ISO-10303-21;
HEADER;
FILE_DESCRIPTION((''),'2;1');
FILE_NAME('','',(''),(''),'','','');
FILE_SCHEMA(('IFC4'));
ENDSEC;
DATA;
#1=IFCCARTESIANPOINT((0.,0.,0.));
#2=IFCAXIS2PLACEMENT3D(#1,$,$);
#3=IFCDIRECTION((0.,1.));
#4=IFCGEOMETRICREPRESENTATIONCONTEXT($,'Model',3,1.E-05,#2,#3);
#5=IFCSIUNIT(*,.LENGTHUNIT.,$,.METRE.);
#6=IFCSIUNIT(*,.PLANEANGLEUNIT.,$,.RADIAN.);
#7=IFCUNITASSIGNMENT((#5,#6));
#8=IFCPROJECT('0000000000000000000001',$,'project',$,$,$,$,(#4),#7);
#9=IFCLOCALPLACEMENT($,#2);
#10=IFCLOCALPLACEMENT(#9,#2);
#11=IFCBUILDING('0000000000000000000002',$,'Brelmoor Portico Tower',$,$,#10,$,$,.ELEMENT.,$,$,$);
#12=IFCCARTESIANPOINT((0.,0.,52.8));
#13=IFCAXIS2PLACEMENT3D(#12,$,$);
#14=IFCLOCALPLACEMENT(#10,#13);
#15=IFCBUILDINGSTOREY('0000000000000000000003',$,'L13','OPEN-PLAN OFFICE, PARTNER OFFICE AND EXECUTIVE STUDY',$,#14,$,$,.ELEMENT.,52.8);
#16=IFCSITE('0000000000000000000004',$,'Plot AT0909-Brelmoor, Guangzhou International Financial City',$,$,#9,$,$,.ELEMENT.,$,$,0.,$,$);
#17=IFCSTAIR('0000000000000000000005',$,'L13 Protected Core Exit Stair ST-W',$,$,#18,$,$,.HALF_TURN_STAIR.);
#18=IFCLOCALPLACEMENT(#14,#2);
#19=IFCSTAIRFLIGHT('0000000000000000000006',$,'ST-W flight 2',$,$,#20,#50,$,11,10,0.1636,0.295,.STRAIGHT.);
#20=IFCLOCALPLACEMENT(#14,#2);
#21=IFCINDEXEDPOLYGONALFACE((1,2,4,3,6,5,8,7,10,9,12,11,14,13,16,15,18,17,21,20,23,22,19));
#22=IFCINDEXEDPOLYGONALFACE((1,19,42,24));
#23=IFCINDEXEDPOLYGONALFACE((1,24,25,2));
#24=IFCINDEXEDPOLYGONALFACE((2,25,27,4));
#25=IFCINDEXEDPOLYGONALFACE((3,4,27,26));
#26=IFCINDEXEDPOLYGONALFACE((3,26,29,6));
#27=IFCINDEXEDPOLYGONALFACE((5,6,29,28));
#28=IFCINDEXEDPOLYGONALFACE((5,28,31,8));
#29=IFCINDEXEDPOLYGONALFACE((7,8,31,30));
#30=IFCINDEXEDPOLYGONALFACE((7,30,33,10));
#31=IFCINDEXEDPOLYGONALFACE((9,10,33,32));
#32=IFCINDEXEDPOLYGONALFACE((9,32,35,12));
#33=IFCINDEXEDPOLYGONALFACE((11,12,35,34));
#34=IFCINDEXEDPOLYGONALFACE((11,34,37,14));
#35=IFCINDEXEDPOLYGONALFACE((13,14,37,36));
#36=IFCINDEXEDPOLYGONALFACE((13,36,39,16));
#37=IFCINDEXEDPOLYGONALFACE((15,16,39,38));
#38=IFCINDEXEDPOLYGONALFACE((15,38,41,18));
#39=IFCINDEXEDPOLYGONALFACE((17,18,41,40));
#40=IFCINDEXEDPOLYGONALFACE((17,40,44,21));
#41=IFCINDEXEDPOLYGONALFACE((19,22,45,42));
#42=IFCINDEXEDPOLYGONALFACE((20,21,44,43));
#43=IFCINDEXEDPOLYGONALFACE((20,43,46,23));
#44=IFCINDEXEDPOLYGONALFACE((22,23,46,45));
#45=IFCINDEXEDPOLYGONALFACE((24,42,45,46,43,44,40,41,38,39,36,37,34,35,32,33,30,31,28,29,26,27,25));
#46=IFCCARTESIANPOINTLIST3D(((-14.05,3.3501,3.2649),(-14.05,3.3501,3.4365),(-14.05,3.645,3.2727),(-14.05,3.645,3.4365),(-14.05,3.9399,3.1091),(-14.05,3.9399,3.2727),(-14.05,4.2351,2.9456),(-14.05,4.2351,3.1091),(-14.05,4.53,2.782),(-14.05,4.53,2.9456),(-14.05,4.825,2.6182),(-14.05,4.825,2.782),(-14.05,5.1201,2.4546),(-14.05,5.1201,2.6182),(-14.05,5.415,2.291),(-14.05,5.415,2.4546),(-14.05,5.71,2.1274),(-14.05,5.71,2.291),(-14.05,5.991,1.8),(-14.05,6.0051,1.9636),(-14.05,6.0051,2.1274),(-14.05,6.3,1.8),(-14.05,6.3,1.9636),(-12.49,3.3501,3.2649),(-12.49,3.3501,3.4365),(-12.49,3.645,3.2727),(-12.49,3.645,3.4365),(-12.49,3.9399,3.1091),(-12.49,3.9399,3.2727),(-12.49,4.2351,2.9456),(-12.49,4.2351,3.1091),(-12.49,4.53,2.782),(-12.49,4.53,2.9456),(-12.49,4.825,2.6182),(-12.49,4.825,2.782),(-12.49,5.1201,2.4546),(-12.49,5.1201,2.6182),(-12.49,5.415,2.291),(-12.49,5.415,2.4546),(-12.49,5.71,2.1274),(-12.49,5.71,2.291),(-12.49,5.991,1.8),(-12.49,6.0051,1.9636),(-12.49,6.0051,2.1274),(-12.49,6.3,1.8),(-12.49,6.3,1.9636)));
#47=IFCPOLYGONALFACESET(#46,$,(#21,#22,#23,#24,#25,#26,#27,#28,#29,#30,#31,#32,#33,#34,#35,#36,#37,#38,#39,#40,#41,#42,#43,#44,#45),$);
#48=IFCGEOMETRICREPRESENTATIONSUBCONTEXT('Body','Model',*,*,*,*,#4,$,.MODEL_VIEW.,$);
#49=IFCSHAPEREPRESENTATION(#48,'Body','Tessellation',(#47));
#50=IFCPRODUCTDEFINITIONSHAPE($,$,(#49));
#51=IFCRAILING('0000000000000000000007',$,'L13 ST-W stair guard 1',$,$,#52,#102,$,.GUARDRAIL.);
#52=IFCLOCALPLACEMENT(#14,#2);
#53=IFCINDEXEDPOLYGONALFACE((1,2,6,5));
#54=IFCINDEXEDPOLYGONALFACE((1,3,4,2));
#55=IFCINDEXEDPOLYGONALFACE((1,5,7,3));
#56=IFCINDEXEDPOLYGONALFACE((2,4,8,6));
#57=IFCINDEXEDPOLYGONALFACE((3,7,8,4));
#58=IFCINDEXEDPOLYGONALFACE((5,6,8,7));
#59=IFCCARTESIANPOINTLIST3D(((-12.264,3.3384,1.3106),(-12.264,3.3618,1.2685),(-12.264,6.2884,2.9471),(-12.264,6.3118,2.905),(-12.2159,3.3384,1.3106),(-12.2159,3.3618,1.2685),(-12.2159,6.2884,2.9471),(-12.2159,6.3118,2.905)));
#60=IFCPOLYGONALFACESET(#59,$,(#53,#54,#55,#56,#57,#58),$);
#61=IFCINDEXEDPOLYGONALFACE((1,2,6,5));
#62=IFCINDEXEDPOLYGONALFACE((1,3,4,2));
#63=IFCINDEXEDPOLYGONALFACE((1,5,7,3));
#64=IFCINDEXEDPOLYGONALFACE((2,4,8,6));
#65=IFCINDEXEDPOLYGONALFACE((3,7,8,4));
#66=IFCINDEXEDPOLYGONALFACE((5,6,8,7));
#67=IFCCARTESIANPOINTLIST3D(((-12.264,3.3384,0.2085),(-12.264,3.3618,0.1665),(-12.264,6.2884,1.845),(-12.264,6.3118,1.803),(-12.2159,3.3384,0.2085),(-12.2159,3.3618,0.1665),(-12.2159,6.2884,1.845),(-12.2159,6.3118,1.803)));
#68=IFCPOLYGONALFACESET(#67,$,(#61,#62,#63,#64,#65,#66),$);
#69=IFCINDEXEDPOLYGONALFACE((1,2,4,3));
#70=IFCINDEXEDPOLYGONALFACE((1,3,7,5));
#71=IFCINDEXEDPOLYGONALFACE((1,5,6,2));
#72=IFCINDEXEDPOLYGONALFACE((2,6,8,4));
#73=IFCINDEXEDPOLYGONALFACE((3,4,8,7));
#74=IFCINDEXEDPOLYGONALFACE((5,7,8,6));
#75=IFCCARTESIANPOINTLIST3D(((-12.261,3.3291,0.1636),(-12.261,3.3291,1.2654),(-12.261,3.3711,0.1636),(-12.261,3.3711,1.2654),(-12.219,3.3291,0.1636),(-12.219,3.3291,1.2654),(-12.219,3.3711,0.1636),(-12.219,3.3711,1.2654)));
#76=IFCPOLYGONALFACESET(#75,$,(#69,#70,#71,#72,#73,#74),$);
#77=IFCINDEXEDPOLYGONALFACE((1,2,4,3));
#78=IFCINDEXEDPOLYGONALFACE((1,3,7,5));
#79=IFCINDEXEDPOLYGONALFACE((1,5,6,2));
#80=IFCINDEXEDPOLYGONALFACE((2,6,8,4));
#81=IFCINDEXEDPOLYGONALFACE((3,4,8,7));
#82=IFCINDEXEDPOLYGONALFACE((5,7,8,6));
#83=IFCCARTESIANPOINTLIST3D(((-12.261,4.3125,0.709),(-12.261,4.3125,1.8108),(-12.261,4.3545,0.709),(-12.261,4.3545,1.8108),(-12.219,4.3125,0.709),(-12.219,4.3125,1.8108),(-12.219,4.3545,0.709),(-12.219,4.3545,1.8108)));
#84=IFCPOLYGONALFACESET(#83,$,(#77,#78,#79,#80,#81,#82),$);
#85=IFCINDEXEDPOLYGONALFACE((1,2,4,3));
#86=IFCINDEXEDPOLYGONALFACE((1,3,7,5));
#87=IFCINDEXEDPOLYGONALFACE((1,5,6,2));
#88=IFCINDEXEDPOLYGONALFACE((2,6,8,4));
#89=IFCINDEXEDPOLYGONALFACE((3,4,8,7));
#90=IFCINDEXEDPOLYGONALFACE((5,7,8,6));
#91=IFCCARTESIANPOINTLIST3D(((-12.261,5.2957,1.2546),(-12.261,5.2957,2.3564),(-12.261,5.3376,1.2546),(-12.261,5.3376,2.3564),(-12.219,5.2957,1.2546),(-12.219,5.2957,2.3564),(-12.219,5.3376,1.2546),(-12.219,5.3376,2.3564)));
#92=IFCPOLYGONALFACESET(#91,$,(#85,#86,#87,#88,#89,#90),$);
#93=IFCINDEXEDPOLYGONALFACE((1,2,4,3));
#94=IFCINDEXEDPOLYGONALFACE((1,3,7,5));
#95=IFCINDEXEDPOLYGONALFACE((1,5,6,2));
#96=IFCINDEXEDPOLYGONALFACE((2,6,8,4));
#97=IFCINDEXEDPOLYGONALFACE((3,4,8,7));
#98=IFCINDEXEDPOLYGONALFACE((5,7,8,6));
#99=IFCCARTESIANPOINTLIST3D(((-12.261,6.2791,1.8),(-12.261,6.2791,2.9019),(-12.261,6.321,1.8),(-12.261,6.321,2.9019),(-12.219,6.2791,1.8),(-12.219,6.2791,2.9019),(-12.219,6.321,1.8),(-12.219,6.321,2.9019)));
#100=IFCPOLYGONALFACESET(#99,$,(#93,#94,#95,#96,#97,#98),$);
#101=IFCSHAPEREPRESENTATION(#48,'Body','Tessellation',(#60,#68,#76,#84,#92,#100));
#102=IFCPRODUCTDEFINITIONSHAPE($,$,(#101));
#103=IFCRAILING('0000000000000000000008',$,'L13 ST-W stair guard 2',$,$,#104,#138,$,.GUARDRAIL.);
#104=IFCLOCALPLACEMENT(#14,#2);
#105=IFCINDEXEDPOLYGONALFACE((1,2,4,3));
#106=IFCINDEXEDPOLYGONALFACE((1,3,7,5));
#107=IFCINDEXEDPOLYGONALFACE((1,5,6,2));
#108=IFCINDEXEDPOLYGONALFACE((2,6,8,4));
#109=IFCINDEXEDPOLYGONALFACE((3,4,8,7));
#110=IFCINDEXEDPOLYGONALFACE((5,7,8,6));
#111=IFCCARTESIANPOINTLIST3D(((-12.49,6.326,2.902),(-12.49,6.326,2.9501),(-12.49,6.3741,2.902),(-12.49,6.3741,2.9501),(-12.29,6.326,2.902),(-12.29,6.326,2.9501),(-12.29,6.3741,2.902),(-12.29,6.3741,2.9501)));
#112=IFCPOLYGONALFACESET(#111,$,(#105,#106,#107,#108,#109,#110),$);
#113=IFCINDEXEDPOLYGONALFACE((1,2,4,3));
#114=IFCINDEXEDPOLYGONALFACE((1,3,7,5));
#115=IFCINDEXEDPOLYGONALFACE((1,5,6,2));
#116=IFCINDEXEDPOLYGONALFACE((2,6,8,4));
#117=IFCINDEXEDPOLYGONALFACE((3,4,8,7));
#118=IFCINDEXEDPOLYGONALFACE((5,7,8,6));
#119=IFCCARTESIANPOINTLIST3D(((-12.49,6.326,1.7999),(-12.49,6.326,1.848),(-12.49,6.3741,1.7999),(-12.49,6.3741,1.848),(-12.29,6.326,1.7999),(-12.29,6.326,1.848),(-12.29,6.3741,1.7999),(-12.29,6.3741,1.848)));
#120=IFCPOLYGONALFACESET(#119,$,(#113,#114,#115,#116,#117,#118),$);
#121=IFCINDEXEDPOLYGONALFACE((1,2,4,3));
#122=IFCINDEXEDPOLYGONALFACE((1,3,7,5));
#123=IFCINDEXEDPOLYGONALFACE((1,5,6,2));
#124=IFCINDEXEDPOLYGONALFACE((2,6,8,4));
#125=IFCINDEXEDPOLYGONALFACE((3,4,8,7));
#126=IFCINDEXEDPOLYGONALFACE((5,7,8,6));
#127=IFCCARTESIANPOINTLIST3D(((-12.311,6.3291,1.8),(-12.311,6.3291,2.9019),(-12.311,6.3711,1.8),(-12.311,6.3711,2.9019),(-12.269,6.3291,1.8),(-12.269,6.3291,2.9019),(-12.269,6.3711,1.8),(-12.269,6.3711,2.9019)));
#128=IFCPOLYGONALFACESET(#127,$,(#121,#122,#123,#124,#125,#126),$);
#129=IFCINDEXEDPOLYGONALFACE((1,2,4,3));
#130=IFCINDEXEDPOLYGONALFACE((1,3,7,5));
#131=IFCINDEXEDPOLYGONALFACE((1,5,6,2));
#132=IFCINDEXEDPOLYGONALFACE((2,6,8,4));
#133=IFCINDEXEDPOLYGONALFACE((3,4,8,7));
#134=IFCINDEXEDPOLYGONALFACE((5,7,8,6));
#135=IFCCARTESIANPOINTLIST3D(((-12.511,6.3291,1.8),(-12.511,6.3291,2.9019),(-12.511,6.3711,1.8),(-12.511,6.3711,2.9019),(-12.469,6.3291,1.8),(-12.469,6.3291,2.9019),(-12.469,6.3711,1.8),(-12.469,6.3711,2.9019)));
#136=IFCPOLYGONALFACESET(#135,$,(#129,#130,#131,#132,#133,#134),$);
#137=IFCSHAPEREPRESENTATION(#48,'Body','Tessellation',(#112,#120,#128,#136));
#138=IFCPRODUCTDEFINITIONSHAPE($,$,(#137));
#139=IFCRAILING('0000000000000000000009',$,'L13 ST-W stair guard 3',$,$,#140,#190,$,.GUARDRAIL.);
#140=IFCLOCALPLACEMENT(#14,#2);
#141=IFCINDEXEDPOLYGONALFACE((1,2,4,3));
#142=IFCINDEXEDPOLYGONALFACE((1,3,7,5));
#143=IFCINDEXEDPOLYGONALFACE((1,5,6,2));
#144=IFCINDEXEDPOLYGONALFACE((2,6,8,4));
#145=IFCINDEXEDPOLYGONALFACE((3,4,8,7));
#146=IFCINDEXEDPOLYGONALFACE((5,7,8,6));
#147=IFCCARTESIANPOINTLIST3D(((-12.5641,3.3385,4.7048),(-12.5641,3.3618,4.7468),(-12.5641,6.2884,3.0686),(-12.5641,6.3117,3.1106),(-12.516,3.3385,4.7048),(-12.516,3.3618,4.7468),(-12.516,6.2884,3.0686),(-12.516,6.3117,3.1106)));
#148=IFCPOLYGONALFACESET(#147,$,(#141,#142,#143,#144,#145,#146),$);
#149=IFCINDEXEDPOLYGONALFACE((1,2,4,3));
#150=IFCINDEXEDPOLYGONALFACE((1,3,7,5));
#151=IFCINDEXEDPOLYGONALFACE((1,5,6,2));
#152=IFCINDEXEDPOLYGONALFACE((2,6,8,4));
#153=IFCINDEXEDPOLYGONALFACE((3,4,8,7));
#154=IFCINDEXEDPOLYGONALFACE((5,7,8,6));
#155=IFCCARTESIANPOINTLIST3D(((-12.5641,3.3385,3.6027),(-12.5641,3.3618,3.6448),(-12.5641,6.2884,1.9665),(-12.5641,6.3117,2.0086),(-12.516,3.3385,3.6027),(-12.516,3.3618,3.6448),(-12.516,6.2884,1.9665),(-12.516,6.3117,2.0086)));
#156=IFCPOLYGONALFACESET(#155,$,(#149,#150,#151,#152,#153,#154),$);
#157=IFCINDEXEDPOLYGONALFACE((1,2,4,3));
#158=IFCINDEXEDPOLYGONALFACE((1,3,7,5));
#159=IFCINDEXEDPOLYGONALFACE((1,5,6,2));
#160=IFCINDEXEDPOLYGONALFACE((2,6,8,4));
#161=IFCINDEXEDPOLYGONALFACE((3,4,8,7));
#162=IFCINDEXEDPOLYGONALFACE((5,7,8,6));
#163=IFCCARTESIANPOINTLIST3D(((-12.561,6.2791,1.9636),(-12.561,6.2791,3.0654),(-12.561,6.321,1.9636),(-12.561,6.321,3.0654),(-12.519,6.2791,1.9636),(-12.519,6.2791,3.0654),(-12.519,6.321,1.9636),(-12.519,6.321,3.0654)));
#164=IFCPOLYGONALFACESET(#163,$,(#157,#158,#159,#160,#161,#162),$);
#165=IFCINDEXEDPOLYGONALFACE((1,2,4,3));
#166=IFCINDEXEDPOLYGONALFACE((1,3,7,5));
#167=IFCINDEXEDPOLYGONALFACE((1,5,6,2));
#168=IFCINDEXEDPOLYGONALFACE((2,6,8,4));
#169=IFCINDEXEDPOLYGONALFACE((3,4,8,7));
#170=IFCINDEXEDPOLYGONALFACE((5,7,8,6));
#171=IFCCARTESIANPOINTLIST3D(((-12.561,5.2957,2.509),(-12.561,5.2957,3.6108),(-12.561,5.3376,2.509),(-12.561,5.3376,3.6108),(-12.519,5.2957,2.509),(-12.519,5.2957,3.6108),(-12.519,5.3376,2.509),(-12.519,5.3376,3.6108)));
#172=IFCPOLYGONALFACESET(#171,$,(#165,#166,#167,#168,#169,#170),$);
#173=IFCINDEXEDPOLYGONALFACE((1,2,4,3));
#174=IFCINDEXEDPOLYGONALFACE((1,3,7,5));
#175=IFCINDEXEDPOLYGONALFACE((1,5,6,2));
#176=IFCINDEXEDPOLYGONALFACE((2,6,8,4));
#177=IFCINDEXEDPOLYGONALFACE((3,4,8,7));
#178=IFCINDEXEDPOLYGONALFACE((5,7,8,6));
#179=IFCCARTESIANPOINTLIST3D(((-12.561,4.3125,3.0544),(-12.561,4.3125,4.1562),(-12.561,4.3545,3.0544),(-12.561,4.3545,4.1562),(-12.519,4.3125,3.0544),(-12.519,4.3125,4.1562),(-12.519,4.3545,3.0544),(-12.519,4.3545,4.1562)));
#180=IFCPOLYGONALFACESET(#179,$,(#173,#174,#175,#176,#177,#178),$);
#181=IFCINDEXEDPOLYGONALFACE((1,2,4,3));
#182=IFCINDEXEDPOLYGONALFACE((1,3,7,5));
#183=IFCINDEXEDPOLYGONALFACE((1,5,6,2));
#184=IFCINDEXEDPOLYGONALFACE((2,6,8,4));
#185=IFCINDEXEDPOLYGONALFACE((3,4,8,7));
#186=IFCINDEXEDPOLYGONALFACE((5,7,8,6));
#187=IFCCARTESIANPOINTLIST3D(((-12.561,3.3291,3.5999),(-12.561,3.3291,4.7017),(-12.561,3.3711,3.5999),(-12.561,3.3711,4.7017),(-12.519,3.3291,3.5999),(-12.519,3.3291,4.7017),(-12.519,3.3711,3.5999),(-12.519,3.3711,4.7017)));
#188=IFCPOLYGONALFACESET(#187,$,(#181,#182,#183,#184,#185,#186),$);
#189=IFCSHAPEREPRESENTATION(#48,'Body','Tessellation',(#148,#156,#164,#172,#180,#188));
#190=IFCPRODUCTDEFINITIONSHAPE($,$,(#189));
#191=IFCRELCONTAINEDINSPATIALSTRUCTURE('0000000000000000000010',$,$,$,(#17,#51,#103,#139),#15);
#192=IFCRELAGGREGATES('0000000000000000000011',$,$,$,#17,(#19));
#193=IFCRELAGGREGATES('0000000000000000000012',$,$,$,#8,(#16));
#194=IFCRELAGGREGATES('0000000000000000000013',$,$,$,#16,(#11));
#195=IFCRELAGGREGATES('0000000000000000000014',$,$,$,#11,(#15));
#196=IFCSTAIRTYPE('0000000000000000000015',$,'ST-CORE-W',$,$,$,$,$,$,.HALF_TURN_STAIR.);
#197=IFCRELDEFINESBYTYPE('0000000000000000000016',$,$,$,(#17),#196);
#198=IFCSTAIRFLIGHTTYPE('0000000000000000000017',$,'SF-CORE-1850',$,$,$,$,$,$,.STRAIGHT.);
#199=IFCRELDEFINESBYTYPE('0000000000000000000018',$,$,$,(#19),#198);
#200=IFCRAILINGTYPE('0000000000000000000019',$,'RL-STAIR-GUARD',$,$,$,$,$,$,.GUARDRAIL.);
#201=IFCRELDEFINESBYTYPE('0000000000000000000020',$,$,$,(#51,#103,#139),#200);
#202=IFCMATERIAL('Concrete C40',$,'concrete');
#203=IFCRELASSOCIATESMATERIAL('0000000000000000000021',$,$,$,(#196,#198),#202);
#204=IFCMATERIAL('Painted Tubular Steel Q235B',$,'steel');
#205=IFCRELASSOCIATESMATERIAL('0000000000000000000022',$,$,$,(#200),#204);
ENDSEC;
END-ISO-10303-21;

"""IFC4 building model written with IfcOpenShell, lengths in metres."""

from ifc_helpers import new_model, si_unit, direction, frame, origin, origin_2d, place, context, subcontext, project, spatial, polyline, rectangle, outline, extrude, material, type_object, element, aggregate, save


model = new_model("IFC4")

# Units and contexts
model_context = context("Model", 3, precision=1e-05, world=origin(), true_north=direction((0.0, 1.0)))
body_context = subcontext(model_context, "Body", "Model", "MODEL_VIEW")
ifc_project = project(units=[si_unit("LENGTHUNIT", "METRE"), si_unit("PLANEANGLEUNIT", "RADIAN")], contexts=[model_context])

# Site, building, storey
site_placement = place(None, origin())
site = spatial("IfcSite", under=ifc_project, at=site_placement, Name="Plot AT0909-Brelmoor, Guangzhou International Financial City", CompositionType="ELEMENT", RefElevation=0.0)
building_placement = place(site_placement, origin())
building = spatial("IfcBuilding", under=site, at=building_placement, Name="Brelmoor Portico Tower", CompositionType="ELEMENT")
storey_placement = place(building_placement, frame((0.0, 0.0, 52.8)))
storey = spatial("IfcBuildingStorey", under=building, at=storey_placement, Name="L13", Description="OPEN-PLAN OFFICE, PARTNER OFFICE AND EXECUTIVE STUDY", CompositionType="ELEMENT", Elevation=52.8)

# Shared definitions
ifc_material_1 = material(Name="Concrete C40", Category="concrete")

# Stair, stair flight
stair_type = type_object("IfcStairType", Name="ST-CORE-W", PredefinedType="HALF_TURN_STAIR", material=ifc_material_1)
stair_placement = place(storey_placement, origin())
stair = element("IfcStair", 1, at=stair_placement, inside=storey, type_object=stair_type, Name="L13 Protected Core Exit Stair ST-W", PredefinedType="HALF_TURN_STAIR")
stair_flight_type = type_object("IfcStairFlightType", Name="SF-CORE-1850", PredefinedType="STRAIGHT", material=ifc_material_1)
stair_flight_1_placement = place(storey_placement, frame((-13.27, 6.3, 1.8), z_axis=(0.0, 0.0, 1.0), x_axis=(0.0, -1.0, 0.0)))
stair_flight_1 = element("IfcStairFlight", 2, at=stair_flight_1_placement, type_object=stair_flight_type, Name="ST-W flight 2", NumberOfRisers=11, NumberOfTreads=10, PredefinedType="STRAIGHT", RiserHeight=0.1636, TreadLength=0.295, context=body_context, shape_type="SweptSolid", body=[
    extrude(outline(polyline([(0.0, 0.0), (0.0, 0.1636), (0.2949, 0.1636), (0.2949, 0.3274), (0.5901, 0.3274), (0.5901, 0.491), (0.885, 0.491), (0.885, 0.6545), (1.1799, 0.6545), (1.1799, 0.8181), (1.4751, 0.8181), (1.4751, 0.9819), (1.77, 0.9819), (1.77, 1.1455), (2.0649, 1.1455), (2.0649, 1.3091), (2.3601, 1.3091), (2.3601, 1.4727), (2.655, 1.4727), (2.655, 1.6365), (2.95, 1.6365), (2.95, 1.8), (2.95, 1.4648), (0.3091, 0.0), (0.0, 0.0)])), frame((0.0, 0.78, 0.0), z_axis=(0.0, -1.0, 0.0), x_axis=(1.0, 0.0, 0.0)), (0.0, 0.0, 1.0), 1.5601),
])
aggregate(stair, [stair_flight_1])

# Railings
ifc_material_2 = material(Name="Painted Tubular Steel Q235B", Category="steel")
railing_type_1 = type_object("IfcRailingType", Name="RL-STAIR-GUARD", PredefinedType="GUARDRAIL", material=ifc_material_2)
railing_1_placement = place(storey_placement, frame((-12.24, 3.3501, 0.1636)))
element("IfcRailing", 3, at=railing_1_placement, inside=storey, type_object=railing_type_1, Name="L13 ST-W stair guard 1", PredefinedType="GUARDRAIL", context=body_context, shape_type="SweptSolid", body=[
    extrude(rectangle(XDim=0.0481, YDim=0.0481, at=origin_2d()), frame((0.0, 0.0, 1.126), z_axis=(0.0, 0.874458, 0.485102), x_axis=(-1.0, 0.0, 0.0)), (0.0, 0.0, 1.0), 3.3735),
    extrude(rectangle(XDim=0.0481, YDim=0.0481, at=origin_2d()), frame((0.0, 0.0, 0.0239), z_axis=(0.0, 0.874458, 0.485102), x_axis=(-1.0, 0.0, 0.0)), (0.0, 0.0, 1.0), 3.3735),
    extrude(rectangle(XDim=0.042, YDim=0.042, at=origin_2d()), origin(), (0.0, 0.0, 1.0), 1.1018),
    extrude(rectangle(XDim=0.042, YDim=0.042, at=origin_2d()), frame((0.0, 0.9834, 0.5454)), (0.0, 0.0, 1.0), 1.1018),
    extrude(rectangle(XDim=0.042, YDim=0.042, at=origin_2d()), frame((0.0, 1.9666, 1.0911)), (0.0, 0.0, 1.0), 1.1018),
    extrude(rectangle(XDim=0.042, YDim=0.042, at=origin_2d()), frame((0.0, 2.95, 1.6365)), (0.0, 0.0, 1.0), 1.1018),
])
railing_2_placement = place(storey_placement, frame((-12.29, 6.3501, 1.8)))
element("IfcRailing", 4, at=railing_2_placement, inside=storey, type_object=railing_type_1, Name="L13 ST-W stair guard 2", PredefinedType="GUARDRAIL", context=body_context, shape_type="SweptSolid", body=[
    extrude(rectangle(XDim=0.0481, YDim=0.0481, at=origin_2d()), frame((0.0, 0.0, 1.126), z_axis=(-1.0, 0.0, 0.0), x_axis=(0.0, -1.0, 0.0)), (0.0, 0.0, 1.0), 0.2),
    extrude(rectangle(XDim=0.0481, YDim=0.0481, at=origin_2d()), frame((0.0, 0.0, 0.0239), z_axis=(-1.0, 0.0, 0.0), x_axis=(0.0, -1.0, 0.0)), (0.0, 0.0, 1.0), 0.2),
    extrude(rectangle(XDim=0.042, YDim=0.042, at=origin_2d()), origin(), (0.0, 0.0, 1.0), 1.1018),
    extrude(rectangle(XDim=0.042, YDim=0.042, at=origin_2d()), frame((-0.2, 0.0, 0.0)), (0.0, 0.0, 1.0), 1.1018),
])
railing_3_placement = place(storey_placement, frame((-12.54, 6.3, 1.9636)))
element("IfcRailing", 5, at=railing_3_placement, inside=storey, type_object=railing_type_1, Name="L13 ST-W stair guard 3", PredefinedType="GUARDRAIL", context=body_context, shape_type="SweptSolid", body=[
    extrude(rectangle(XDim=0.0481, YDim=0.0481, at=origin_2d()), frame((0.0, 0.0, 1.126), z_axis=(0.0, -0.874488, 0.485047), x_axis=(1.0, 0.0, 0.0)), (0.0, 0.0, 1.0), 3.3733),
    extrude(rectangle(XDim=0.0481, YDim=0.0481, at=origin_2d()), frame((0.0, 0.0, 0.0239), z_axis=(0.0, -0.874488, 0.485047), x_axis=(1.0, 0.0, 0.0)), (0.0, 0.0, 1.0), 3.3733),
    extrude(rectangle(XDim=0.042, YDim=0.042, at=origin_2d()), origin(), (0.0, 0.0, 1.0), 1.1018),
    extrude(rectangle(XDim=0.042, YDim=0.042, at=origin_2d()), frame((0.0, -0.9834, 0.5454)), (0.0, 0.0, 1.0), 1.1018),
    extrude(rectangle(XDim=0.042, YDim=0.042, at=origin_2d()), frame((0.0, -1.9666, 1.0908)), (0.0, 0.0, 1.0), 1.1018),
    extrude(rectangle(XDim=0.042, YDim=0.042, at=origin_2d()), frame((0.0, -2.95, 1.6362)), (0.0, 0.0, 1.0), 1.1018),
])

save(model, "model.ifc")
